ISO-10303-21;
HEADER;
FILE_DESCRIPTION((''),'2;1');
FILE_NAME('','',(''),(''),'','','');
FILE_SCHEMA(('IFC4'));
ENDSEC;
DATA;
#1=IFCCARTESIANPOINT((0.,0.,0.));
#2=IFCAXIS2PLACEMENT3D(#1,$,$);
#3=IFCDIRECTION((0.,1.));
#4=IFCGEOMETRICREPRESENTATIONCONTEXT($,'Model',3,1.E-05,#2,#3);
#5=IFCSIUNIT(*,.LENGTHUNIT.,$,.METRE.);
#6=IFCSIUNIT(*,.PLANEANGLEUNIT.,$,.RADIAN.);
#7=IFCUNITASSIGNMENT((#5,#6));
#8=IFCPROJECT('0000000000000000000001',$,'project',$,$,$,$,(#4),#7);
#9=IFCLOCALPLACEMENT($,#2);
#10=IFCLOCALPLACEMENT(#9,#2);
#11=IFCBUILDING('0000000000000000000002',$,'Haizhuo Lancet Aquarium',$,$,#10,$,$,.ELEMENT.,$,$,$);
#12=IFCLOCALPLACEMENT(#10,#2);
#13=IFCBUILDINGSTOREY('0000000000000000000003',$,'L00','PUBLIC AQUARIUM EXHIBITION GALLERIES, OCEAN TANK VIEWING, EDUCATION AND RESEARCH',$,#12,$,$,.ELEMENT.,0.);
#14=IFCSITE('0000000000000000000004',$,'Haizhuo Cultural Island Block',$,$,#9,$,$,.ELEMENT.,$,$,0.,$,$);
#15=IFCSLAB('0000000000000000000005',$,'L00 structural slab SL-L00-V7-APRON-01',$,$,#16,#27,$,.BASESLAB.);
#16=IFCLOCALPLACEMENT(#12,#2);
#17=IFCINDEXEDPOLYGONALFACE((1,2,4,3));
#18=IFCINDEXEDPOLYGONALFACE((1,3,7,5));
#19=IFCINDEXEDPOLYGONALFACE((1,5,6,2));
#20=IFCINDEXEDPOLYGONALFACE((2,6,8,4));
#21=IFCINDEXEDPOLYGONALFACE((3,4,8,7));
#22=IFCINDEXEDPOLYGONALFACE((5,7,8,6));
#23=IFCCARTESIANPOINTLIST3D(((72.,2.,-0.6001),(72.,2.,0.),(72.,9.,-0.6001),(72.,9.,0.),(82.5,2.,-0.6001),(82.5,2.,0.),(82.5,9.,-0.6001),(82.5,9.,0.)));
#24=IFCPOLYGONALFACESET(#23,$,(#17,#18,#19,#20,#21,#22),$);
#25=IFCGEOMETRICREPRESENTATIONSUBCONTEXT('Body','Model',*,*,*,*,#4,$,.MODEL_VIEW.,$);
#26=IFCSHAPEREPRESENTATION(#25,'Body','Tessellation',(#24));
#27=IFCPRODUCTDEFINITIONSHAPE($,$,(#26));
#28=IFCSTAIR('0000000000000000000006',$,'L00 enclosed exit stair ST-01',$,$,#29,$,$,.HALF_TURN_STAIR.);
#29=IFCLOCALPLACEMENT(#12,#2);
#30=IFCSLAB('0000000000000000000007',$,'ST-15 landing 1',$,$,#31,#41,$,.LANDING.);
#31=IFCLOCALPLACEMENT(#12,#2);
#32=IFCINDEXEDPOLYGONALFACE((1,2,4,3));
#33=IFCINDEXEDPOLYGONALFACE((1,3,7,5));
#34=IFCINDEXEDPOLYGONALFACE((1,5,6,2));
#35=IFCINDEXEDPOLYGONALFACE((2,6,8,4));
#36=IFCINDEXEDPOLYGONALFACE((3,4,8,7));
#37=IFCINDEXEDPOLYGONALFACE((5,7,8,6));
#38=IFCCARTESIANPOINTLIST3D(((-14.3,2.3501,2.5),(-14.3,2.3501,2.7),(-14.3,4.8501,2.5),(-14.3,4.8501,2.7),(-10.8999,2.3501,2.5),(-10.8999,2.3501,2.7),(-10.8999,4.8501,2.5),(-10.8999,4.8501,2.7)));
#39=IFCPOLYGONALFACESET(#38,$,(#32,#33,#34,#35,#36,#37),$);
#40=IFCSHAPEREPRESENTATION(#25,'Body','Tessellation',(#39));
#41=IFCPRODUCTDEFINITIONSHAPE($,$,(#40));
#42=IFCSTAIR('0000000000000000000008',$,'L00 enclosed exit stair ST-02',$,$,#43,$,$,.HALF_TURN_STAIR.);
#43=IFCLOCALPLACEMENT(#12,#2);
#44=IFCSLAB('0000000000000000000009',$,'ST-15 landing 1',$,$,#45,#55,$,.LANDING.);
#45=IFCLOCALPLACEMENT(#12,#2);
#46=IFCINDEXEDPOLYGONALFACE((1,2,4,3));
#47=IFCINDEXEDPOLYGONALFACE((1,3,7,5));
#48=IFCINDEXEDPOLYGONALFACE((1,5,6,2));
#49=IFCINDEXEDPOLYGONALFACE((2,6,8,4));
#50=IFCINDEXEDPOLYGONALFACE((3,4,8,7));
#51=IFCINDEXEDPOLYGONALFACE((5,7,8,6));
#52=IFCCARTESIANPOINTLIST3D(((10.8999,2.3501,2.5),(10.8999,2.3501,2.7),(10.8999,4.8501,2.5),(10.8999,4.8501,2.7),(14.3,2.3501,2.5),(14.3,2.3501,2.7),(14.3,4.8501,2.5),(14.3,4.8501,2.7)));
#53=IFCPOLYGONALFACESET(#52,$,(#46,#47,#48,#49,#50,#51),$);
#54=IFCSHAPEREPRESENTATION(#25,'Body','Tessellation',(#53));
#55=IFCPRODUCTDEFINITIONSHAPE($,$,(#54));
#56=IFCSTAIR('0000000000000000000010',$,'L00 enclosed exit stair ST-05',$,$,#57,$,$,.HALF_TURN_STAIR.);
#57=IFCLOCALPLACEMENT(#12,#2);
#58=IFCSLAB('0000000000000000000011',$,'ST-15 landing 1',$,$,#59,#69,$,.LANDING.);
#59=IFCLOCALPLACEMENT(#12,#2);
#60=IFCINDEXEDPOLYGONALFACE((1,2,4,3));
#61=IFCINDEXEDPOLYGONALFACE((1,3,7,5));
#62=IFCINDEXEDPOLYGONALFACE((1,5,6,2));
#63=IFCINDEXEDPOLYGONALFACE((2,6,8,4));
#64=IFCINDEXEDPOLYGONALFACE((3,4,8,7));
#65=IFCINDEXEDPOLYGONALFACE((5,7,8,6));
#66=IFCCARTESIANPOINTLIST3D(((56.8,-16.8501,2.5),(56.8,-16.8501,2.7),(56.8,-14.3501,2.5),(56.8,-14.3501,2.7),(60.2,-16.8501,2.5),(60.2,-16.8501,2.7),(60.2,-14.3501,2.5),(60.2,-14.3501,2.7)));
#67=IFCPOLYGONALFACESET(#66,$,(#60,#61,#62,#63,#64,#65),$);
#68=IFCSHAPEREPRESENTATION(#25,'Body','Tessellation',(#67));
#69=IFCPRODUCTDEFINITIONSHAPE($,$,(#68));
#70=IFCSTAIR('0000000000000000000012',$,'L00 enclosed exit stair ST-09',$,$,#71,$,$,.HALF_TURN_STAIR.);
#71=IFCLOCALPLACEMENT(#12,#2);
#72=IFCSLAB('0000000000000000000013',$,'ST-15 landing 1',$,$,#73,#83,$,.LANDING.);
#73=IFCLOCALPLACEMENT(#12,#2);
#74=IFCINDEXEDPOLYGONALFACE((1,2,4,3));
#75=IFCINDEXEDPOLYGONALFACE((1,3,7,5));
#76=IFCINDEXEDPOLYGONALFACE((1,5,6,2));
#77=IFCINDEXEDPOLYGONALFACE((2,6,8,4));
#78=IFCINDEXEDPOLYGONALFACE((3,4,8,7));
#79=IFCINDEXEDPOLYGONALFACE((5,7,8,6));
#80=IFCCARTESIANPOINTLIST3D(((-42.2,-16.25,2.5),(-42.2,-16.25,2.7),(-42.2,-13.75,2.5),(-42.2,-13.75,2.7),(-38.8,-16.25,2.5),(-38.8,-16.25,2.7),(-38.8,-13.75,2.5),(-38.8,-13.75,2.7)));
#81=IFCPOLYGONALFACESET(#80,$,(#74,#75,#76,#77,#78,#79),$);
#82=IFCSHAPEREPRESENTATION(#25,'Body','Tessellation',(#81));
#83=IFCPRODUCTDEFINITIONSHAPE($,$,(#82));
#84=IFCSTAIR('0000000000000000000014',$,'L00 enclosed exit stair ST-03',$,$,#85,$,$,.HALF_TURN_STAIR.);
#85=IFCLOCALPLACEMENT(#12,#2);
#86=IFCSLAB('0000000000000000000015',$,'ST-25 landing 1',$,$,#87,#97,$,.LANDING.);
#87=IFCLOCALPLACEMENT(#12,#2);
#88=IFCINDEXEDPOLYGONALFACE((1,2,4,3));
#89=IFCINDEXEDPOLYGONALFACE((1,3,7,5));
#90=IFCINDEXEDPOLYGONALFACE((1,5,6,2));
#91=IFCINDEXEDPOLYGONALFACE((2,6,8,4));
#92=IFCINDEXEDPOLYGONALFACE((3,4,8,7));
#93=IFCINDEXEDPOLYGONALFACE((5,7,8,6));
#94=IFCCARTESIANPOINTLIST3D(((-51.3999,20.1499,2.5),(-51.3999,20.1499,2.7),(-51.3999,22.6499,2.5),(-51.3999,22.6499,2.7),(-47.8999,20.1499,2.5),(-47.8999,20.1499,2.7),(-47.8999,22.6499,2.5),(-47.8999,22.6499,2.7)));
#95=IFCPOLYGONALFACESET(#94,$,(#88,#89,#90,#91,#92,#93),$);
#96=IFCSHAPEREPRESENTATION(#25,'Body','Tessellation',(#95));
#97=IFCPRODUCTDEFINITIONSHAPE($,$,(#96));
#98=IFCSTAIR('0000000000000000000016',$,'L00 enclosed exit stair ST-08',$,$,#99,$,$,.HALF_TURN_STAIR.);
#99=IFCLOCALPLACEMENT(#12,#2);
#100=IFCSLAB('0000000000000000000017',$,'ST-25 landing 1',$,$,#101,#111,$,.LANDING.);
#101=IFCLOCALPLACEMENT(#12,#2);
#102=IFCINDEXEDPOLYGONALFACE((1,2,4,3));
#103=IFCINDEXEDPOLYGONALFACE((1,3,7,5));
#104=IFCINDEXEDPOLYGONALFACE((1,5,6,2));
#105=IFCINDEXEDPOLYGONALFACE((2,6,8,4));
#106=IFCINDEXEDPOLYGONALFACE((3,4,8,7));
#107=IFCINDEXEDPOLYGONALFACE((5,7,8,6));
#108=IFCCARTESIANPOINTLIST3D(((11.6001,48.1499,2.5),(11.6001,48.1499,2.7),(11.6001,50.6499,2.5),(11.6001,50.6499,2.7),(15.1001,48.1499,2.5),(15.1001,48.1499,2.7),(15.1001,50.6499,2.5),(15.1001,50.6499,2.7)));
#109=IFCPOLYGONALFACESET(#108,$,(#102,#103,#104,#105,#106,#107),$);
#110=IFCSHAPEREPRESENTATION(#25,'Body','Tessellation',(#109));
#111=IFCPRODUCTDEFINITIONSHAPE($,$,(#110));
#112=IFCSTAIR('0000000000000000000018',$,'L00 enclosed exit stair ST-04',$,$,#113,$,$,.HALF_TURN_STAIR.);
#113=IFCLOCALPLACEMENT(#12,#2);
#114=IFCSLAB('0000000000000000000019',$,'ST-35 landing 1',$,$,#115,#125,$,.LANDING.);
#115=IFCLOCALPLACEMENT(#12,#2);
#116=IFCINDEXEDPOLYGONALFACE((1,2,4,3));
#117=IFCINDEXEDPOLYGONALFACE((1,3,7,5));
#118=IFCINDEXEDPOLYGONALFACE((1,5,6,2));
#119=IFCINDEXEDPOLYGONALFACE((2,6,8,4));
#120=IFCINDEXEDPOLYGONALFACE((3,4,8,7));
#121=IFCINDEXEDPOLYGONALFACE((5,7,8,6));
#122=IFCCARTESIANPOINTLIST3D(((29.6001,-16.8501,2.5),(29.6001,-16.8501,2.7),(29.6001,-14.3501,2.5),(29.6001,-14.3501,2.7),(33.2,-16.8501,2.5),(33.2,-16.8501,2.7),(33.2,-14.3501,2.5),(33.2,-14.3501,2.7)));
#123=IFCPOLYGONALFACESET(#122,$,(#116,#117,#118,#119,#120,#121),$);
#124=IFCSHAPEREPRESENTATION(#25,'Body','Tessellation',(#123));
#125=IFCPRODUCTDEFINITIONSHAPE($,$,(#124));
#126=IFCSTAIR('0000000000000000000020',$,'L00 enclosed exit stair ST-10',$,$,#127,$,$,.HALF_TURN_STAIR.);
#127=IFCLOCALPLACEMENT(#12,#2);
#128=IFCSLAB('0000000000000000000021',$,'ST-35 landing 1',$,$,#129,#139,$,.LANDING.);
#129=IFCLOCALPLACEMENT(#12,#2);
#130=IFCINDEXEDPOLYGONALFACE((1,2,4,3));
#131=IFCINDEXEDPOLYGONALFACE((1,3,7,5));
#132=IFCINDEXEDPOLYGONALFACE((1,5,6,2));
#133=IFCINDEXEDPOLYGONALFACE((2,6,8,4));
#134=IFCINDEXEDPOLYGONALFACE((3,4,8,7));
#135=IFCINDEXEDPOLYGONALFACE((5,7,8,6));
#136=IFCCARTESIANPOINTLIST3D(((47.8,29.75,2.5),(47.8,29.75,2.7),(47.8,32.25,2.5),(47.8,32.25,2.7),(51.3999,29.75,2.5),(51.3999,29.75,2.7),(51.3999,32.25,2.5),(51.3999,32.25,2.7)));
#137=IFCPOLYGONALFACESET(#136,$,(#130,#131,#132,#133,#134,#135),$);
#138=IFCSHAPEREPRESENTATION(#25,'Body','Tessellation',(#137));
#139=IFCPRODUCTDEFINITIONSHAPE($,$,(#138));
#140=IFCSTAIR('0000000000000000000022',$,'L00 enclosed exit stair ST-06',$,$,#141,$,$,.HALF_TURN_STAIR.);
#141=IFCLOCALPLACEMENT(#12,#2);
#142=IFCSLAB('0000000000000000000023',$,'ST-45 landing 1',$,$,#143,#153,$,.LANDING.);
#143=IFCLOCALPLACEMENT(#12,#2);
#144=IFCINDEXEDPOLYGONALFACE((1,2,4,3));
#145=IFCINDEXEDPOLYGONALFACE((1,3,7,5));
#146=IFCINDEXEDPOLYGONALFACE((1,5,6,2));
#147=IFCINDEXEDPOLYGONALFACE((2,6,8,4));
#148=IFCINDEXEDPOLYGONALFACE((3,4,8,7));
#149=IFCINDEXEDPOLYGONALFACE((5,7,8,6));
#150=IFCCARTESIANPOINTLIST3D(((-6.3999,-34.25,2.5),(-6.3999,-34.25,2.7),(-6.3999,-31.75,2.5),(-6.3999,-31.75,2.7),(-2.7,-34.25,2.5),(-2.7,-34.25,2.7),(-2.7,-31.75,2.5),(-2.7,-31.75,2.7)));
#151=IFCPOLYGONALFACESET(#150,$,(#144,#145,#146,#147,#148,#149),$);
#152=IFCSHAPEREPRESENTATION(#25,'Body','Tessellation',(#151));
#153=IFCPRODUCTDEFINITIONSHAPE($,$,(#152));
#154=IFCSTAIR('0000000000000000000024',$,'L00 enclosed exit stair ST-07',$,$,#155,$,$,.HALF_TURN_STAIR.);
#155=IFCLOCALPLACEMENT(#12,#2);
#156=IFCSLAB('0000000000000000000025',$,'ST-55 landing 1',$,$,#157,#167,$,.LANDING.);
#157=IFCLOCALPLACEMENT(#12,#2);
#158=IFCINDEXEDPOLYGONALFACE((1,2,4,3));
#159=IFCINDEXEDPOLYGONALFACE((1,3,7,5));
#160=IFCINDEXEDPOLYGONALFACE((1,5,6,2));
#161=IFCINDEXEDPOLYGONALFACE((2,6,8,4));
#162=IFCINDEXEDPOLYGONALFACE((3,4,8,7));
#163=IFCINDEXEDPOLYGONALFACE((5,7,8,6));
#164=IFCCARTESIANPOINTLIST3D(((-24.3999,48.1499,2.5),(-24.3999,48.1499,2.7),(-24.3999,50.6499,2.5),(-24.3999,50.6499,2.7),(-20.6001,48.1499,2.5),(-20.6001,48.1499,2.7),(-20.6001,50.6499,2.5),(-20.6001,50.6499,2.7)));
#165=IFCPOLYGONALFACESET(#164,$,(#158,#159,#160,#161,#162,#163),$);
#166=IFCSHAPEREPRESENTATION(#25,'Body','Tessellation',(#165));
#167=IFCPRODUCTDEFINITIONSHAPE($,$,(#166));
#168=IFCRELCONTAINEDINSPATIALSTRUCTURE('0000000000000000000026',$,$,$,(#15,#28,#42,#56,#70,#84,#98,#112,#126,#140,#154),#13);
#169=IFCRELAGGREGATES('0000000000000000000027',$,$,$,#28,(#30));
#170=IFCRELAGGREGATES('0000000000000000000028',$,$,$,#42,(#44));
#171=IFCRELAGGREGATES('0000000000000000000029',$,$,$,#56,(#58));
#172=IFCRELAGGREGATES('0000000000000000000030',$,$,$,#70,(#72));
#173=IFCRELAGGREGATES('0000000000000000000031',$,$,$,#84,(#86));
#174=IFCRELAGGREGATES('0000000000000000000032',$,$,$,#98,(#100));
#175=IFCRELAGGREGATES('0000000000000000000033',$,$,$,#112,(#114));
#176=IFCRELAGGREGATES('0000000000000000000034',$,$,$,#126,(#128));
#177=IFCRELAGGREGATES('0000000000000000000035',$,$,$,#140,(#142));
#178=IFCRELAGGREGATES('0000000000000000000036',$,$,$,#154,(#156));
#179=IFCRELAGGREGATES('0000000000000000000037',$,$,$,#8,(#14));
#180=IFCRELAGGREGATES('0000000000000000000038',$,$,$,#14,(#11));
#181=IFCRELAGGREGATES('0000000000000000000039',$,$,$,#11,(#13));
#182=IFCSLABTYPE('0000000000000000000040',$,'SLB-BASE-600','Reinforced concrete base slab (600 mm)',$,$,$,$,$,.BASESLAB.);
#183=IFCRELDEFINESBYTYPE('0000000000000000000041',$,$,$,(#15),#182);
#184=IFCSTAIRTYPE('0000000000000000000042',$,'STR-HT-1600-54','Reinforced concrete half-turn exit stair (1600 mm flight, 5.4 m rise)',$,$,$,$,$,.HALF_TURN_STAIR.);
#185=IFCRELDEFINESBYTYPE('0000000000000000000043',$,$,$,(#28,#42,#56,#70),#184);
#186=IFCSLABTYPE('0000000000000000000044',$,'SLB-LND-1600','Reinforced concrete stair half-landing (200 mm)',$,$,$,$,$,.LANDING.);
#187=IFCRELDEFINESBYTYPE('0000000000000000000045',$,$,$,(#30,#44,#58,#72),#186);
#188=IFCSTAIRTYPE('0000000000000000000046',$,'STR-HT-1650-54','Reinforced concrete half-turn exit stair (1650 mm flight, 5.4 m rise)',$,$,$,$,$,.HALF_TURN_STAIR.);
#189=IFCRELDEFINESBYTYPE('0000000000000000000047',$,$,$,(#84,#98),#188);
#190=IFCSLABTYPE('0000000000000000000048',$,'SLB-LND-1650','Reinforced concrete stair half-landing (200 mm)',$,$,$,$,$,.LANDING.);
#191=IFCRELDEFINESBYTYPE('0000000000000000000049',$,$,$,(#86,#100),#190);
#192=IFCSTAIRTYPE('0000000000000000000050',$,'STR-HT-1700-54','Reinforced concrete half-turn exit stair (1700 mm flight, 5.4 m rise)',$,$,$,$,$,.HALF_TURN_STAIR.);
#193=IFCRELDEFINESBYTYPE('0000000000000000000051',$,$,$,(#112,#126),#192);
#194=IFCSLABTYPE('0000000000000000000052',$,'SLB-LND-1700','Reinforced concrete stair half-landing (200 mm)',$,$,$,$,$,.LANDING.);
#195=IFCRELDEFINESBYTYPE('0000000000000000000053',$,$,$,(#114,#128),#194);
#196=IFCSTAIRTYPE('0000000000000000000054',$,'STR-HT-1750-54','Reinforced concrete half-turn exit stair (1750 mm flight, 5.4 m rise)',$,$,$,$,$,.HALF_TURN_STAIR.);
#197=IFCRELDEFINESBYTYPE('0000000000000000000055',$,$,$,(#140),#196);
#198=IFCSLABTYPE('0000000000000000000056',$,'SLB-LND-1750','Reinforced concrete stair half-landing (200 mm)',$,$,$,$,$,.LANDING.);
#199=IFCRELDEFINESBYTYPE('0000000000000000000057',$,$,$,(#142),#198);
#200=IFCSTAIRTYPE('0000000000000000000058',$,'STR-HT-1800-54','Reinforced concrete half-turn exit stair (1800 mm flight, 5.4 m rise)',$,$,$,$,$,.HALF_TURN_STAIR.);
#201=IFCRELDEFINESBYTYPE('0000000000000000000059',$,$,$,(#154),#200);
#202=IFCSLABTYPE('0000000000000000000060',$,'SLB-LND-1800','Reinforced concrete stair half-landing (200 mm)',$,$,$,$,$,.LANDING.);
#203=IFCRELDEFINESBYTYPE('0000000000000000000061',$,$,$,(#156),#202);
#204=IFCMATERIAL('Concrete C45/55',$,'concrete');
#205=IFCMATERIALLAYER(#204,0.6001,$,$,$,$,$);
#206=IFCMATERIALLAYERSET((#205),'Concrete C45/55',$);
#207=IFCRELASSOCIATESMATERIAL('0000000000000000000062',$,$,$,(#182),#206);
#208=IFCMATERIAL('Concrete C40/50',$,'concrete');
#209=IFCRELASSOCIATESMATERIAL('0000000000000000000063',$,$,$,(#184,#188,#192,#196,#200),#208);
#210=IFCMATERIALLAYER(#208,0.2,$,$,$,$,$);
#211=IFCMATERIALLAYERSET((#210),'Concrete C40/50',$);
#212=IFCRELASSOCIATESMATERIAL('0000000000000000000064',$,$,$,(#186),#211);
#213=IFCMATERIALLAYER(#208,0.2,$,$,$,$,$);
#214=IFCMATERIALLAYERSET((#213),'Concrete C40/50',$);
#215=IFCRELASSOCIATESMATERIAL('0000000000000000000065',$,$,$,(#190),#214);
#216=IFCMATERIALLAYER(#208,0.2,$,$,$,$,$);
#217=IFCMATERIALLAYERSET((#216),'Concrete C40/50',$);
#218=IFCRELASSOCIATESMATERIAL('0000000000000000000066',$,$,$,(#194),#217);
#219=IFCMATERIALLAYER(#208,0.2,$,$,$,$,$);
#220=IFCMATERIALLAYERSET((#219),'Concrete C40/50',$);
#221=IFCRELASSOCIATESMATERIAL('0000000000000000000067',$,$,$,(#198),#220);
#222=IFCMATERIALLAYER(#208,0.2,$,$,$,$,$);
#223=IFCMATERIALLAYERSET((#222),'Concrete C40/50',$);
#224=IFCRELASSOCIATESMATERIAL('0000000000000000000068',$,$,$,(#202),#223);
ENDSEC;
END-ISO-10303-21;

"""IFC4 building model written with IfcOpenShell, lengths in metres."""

from ifc_helpers import new_model, si_unit, direction, frame, origin, place, context, subcontext, project, spatial, polyline, outline, extrude, material, layer, layer_set, type_object, element, aggregate, save


model = new_model("IFC4")

# Units and contexts
model_context = context("Model", 3, precision=1e-05, world=origin(), true_north=direction((0.0, 1.0)))
body_context = subcontext(model_context, "Body", "Model", "MODEL_VIEW")
ifc_project = project(units=[si_unit("LENGTHUNIT", "METRE"), si_unit("PLANEANGLEUNIT", "RADIAN")], contexts=[model_context])

# Site, building, storey
site_placement = place(None, origin())
site = spatial("IfcSite", under=ifc_project, at=site_placement, Name="Haizhuo Cultural Island Block", CompositionType="ELEMENT", RefElevation=0.0)
building_placement = place(site_placement, origin())
building = spatial("IfcBuilding", under=site, at=building_placement, Name="Haizhuo Lancet Aquarium", CompositionType="ELEMENT")
storey_placement = place(building_placement, origin())
storey = spatial("IfcBuildingStorey", under=building, at=storey_placement, Name="L00", Description="PUBLIC AQUARIUM EXHIBITION GALLERIES, OCEAN TANK VIEWING, EDUCATION AND RESEARCH", CompositionType="ELEMENT", Elevation=0.0)

# Slab
ifc_material_1 = material(Name="Concrete C45/55", Category="concrete")
ifc_layer_1 = layer(ifc_material_1, 0.6001)
ifc_layer_set_1 = layer_set([ifc_layer_1], Name="Concrete C45/55")
slab_type_1 = type_object("IfcSlabType", Name="SLB-BASE-600", Description="Reinforced concrete base slab (600 mm)", PredefinedType="BASESLAB", material=ifc_layer_set_1)
slab_1_placement = place(storey_placement, frame((0.0, 0.0, -0.6001)))
element("IfcSlab", 1, at=slab_1_placement, inside=storey, type_object=slab_type_1, Name="L00 structural slab SL-L00-V7-APRON-01", PredefinedType="BASESLAB", context=body_context, shape_type="SweptSolid", body=[
    extrude(outline(polyline([(72.0, 2.0), (82.5, 2.0), (82.5, 9.0), (72.0, 9.0), (72.0, 2.0)])), origin(), (0.0, 0.0, 1.0), 0.6001),
])

# Stairs, slabs
ifc_material_2 = material(Name="Concrete C40/50", Category="concrete")
stair_type_1 = type_object("IfcStairType", Name="STR-HT-1600-54", Description="Reinforced concrete half-turn exit stair (1600 mm flight, 5.4 m rise)", PredefinedType="HALF_TURN_STAIR", material=ifc_material_2)
stair_1_placement = place(storey_placement, origin())
stair_1 = element("IfcStair", 2, at=stair_1_placement, inside=storey, type_object=stair_type_1, Name="L00 enclosed exit stair ST-01", PredefinedType="HALF_TURN_STAIR")
ifc_layer_2 = layer(ifc_material_2, 0.2)
ifc_layer_set_2 = layer_set([ifc_layer_2], Name="Concrete C40/50")
slab_type_2 = type_object("IfcSlabType", Name="SLB-LND-1600", Description="Reinforced concrete stair half-landing (200 mm)", PredefinedType="LANDING", material=ifc_layer_set_2)
slab_2_placement = place(storey_placement, frame((0.0, 0.0, 2.5)))
slab_2 = element("IfcSlab", 3, at=slab_2_placement, type_object=slab_type_2, Name="ST-15 landing 1", PredefinedType="LANDING", context=body_context, shape_type="SweptSolid", body=[
    extrude(outline(polyline([(-10.8999, 2.3501), (-10.8999, 4.8501), (-14.3, 4.8501), (-14.3, 2.3501), (-10.8999, 2.3501)])), origin(), (0.0, 0.0, 1.0), 0.2),
])
aggregate(stair_1, [slab_2])
stair_2_placement = place(storey_placement, origin())
stair_2 = element("IfcStair", 4, at=stair_2_placement, inside=storey, type_object=stair_type_1, Name="L00 enclosed exit stair ST-02", PredefinedType="HALF_TURN_STAIR")
slab_3_placement = place(storey_placement, frame((0.0, 0.0, 2.5)))
slab_3 = element("IfcSlab", 5, at=slab_3_placement, type_object=slab_type_2, Name="ST-15 landing 1", PredefinedType="LANDING", context=body_context, shape_type="SweptSolid", body=[
    extrude(outline(polyline([(14.3, 2.3501), (14.3, 4.8501), (10.8999, 4.8501), (10.8999, 2.3501), (14.3, 2.3501)])), origin(), (0.0, 0.0, 1.0), 0.2),
])
aggregate(stair_2, [slab_3])
stair_3_placement = place(storey_placement, origin())
stair_3 = element("IfcStair", 6, at=stair_3_placement, inside=storey, type_object=stair_type_1, Name="L00 enclosed exit stair ST-05", PredefinedType="HALF_TURN_STAIR")
slab_4_placement = place(storey_placement, frame((0.0, 0.0, 2.5)))
slab_4 = element("IfcSlab", 7, at=slab_4_placement, type_object=slab_type_2, Name="ST-15 landing 1", PredefinedType="LANDING", context=body_context, shape_type="SweptSolid", body=[
    extrude(outline(polyline([(60.2, -16.8501), (60.2, -14.3501), (56.8, -14.3501), (56.8, -16.8501), (60.2, -16.8501)])), origin(), (0.0, 0.0, 1.0), 0.2),
])
aggregate(stair_3, [slab_4])
stair_4_placement = place(storey_placement, origin())
stair_4 = element("IfcStair", 8, at=stair_4_placement, inside=storey, type_object=stair_type_1, Name="L00 enclosed exit stair ST-09", PredefinedType="HALF_TURN_STAIR")
slab_5_placement = place(storey_placement, frame((0.0, 0.0, 2.5)))
slab_5 = element("IfcSlab", 9, at=slab_5_placement, type_object=slab_type_2, Name="ST-15 landing 1", PredefinedType="LANDING", context=body_context, shape_type="SweptSolid", body=[
    extrude(outline(polyline([(-38.8, -16.25), (-38.8, -13.75), (-42.2, -13.75), (-42.2, -16.25), (-38.8, -16.25)])), origin(), (0.0, 0.0, 1.0), 0.2),
])
aggregate(stair_4, [slab_5])
stair_type_2 = type_object("IfcStairType", Name="STR-HT-1650-54", Description="Reinforced concrete half-turn exit stair (1650 mm flight, 5.4 m rise)", PredefinedType="HALF_TURN_STAIR", material=ifc_material_2)
stair_5_placement = place(storey_placement, origin())
stair_5 = element("IfcStair", 10, at=stair_5_placement, inside=storey, type_object=stair_type_2, Name="L00 enclosed exit stair ST-03", PredefinedType="HALF_TURN_STAIR")
ifc_layer_3 = layer(ifc_material_2, 0.2)
ifc_layer_set_3 = layer_set([ifc_layer_3], Name="Concrete C40/50")
slab_type_3 = type_object("IfcSlabType", Name="SLB-LND-1650", Description="Reinforced concrete stair half-landing (200 mm)", PredefinedType="LANDING", material=ifc_layer_set_3)
slab_6_placement = place(storey_placement, frame((0.0, 0.0, 2.5)))
slab_6 = element("IfcSlab", 11, at=slab_6_placement, type_object=slab_type_3, Name="ST-25 landing 1", PredefinedType="LANDING", context=body_context, shape_type="SweptSolid", body=[
    extrude(outline(polyline([(-47.8999, 20.1499), (-47.8999, 22.6499), (-51.3999, 22.6499), (-51.3999, 20.1499), (-47.8999, 20.1499)])), origin(), (0.0, 0.0, 1.0), 0.2),
])
aggregate(stair_5, [slab_6])
stair_6_placement = place(storey_placement, origin())
stair_6 = element("IfcStair", 12, at=stair_6_placement, inside=storey, type_object=stair_type_2, Name="L00 enclosed exit stair ST-08", PredefinedType="HALF_TURN_STAIR")
slab_7_placement = place(storey_placement, frame((0.0, 0.0, 2.5)))
slab_7 = element("IfcSlab", 13, at=slab_7_placement, type_object=slab_type_3, Name="ST-25 landing 1", PredefinedType="LANDING", context=body_context, shape_type="SweptSolid", body=[
    extrude(outline(polyline([(15.1001, 48.1499), (15.1001, 50.6499), (11.6001, 50.6499), (11.6001, 48.1499), (15.1001, 48.1499)])), origin(), (0.0, 0.0, 1.0), 0.2),
])
aggregate(stair_6, [slab_7])
stair_type_3 = type_object("IfcStairType", Name="STR-HT-1700-54", Description="Reinforced concrete half-turn exit stair (1700 mm flight, 5.4 m rise)", PredefinedType="HALF_TURN_STAIR", material=ifc_material_2)
stair_7_placement = place(storey_placement, origin())
stair_7 = element("IfcStair", 14, at=stair_7_placement, inside=storey, type_object=stair_type_3, Name="L00 enclosed exit stair ST-04", PredefinedType="HALF_TURN_STAIR")
ifc_layer_4 = layer(ifc_material_2, 0.2)
ifc_layer_set_4 = layer_set([ifc_layer_4], Name="Concrete C40/50")
slab_type_4 = type_object("IfcSlabType", Name="SLB-LND-1700", Description="Reinforced concrete stair half-landing (200 mm)", PredefinedType="LANDING", material=ifc_layer_set_4)
slab_8_placement = place(storey_placement, frame((0.0, 0.0, 2.5)))
slab_8 = element("IfcSlab", 15, at=slab_8_placement, type_object=slab_type_4, Name="ST-35 landing 1", PredefinedType="LANDING", context=body_context, shape_type="SweptSolid", body=[
    extrude(outline(polyline([(33.2, -16.8501), (33.2, -14.3501), (29.6001, -14.3501), (29.6001, -16.8501), (33.2, -16.8501)])), origin(), (0.0, 0.0, 1.0), 0.2),
])
aggregate(stair_7, [slab_8])
stair_8_placement = place(storey_placement, origin())
stair_8 = element("IfcStair", 16, at=stair_8_placement, inside=storey, type_object=stair_type_3, Name="L00 enclosed exit stair ST-10", PredefinedType="HALF_TURN_STAIR")
slab_9_placement = place(storey_placement, frame((0.0, 0.0, 2.5)))
slab_9 = element("IfcSlab", 17, at=slab_9_placement, type_object=slab_type_4, Name="ST-35 landing 1", PredefinedType="LANDING", context=body_context, shape_type="SweptSolid", body=[
    extrude(outline(polyline([(51.3999, 29.75), (51.3999, 32.25), (47.8, 32.25), (47.8, 29.75), (51.3999, 29.75)])), origin(), (0.0, 0.0, 1.0), 0.2),
])
aggregate(stair_8, [slab_9])
stair_type_4 = type_object("IfcStairType", Name="STR-HT-1750-54", Description="Reinforced concrete half-turn exit stair (1750 mm flight, 5.4 m rise)", PredefinedType="HALF_TURN_STAIR", material=ifc_material_2)
stair_9_placement = place(storey_placement, origin())
stair_9 = element("IfcStair", 18, at=stair_9_placement, inside=storey, type_object=stair_type_4, Name="L00 enclosed exit stair ST-06", PredefinedType="HALF_TURN_STAIR")
ifc_layer_5 = layer(ifc_material_2, 0.2)
ifc_layer_set_5 = layer_set([ifc_layer_5], Name="Concrete C40/50")
slab_type_5 = type_object("IfcSlabType", Name="SLB-LND-1750", Description="Reinforced concrete stair half-landing (200 mm)", PredefinedType="LANDING", material=ifc_layer_set_5)
slab_10_placement = place(storey_placement, frame((0.0, 0.0, 2.5)))
slab_10 = element("IfcSlab", 19, at=slab_10_placement, type_object=slab_type_5, Name="ST-45 landing 1", PredefinedType="LANDING", context=body_context, shape_type="SweptSolid", body=[
    extrude(outline(polyline([(-2.7, -34.25), (-2.7, -31.75), (-6.3999, -31.75), (-6.3999, -34.25), (-2.7, -34.25)])), origin(), (0.0, 0.0, 1.0), 0.2),
])
aggregate(stair_9, [slab_10])
stair_type_5 = type_object("IfcStairType", Name="STR-HT-1800-54", Description="Reinforced concrete half-turn exit stair (1800 mm flight, 5.4 m rise)", PredefinedType="HALF_TURN_STAIR", material=ifc_material_2)
stair_10_placement = place(storey_placement, origin())
stair_10 = element("IfcStair", 20, at=stair_10_placement, inside=storey, type_object=stair_type_5, Name="L00 enclosed exit stair ST-07", PredefinedType="HALF_TURN_STAIR")
ifc_layer_6 = layer(ifc_material_2, 0.2)
ifc_layer_set_6 = layer_set([ifc_layer_6], Name="Concrete C40/50")
slab_type_6 = type_object("IfcSlabType", Name="SLB-LND-1800", Description="Reinforced concrete stair half-landing (200 mm)", PredefinedType="LANDING", material=ifc_layer_set_6)
slab_11_placement = place(storey_placement, frame((0.0, 0.0, 2.5)))
slab_11 = element("IfcSlab", 21, at=slab_11_placement, type_object=slab_type_6, Name="ST-55 landing 1", PredefinedType="LANDING", context=body_context, shape_type="SweptSolid", body=[
    extrude(outline(polyline([(-20.6001, 48.1499), (-20.6001, 50.6499), (-24.3999, 50.6499), (-24.3999, 48.1499), (-20.6001, 48.1499)])), origin(), (0.0, 0.0, 1.0), 0.2),
])
aggregate(stair_10, [slab_11])

save(model, "model.ifc")
